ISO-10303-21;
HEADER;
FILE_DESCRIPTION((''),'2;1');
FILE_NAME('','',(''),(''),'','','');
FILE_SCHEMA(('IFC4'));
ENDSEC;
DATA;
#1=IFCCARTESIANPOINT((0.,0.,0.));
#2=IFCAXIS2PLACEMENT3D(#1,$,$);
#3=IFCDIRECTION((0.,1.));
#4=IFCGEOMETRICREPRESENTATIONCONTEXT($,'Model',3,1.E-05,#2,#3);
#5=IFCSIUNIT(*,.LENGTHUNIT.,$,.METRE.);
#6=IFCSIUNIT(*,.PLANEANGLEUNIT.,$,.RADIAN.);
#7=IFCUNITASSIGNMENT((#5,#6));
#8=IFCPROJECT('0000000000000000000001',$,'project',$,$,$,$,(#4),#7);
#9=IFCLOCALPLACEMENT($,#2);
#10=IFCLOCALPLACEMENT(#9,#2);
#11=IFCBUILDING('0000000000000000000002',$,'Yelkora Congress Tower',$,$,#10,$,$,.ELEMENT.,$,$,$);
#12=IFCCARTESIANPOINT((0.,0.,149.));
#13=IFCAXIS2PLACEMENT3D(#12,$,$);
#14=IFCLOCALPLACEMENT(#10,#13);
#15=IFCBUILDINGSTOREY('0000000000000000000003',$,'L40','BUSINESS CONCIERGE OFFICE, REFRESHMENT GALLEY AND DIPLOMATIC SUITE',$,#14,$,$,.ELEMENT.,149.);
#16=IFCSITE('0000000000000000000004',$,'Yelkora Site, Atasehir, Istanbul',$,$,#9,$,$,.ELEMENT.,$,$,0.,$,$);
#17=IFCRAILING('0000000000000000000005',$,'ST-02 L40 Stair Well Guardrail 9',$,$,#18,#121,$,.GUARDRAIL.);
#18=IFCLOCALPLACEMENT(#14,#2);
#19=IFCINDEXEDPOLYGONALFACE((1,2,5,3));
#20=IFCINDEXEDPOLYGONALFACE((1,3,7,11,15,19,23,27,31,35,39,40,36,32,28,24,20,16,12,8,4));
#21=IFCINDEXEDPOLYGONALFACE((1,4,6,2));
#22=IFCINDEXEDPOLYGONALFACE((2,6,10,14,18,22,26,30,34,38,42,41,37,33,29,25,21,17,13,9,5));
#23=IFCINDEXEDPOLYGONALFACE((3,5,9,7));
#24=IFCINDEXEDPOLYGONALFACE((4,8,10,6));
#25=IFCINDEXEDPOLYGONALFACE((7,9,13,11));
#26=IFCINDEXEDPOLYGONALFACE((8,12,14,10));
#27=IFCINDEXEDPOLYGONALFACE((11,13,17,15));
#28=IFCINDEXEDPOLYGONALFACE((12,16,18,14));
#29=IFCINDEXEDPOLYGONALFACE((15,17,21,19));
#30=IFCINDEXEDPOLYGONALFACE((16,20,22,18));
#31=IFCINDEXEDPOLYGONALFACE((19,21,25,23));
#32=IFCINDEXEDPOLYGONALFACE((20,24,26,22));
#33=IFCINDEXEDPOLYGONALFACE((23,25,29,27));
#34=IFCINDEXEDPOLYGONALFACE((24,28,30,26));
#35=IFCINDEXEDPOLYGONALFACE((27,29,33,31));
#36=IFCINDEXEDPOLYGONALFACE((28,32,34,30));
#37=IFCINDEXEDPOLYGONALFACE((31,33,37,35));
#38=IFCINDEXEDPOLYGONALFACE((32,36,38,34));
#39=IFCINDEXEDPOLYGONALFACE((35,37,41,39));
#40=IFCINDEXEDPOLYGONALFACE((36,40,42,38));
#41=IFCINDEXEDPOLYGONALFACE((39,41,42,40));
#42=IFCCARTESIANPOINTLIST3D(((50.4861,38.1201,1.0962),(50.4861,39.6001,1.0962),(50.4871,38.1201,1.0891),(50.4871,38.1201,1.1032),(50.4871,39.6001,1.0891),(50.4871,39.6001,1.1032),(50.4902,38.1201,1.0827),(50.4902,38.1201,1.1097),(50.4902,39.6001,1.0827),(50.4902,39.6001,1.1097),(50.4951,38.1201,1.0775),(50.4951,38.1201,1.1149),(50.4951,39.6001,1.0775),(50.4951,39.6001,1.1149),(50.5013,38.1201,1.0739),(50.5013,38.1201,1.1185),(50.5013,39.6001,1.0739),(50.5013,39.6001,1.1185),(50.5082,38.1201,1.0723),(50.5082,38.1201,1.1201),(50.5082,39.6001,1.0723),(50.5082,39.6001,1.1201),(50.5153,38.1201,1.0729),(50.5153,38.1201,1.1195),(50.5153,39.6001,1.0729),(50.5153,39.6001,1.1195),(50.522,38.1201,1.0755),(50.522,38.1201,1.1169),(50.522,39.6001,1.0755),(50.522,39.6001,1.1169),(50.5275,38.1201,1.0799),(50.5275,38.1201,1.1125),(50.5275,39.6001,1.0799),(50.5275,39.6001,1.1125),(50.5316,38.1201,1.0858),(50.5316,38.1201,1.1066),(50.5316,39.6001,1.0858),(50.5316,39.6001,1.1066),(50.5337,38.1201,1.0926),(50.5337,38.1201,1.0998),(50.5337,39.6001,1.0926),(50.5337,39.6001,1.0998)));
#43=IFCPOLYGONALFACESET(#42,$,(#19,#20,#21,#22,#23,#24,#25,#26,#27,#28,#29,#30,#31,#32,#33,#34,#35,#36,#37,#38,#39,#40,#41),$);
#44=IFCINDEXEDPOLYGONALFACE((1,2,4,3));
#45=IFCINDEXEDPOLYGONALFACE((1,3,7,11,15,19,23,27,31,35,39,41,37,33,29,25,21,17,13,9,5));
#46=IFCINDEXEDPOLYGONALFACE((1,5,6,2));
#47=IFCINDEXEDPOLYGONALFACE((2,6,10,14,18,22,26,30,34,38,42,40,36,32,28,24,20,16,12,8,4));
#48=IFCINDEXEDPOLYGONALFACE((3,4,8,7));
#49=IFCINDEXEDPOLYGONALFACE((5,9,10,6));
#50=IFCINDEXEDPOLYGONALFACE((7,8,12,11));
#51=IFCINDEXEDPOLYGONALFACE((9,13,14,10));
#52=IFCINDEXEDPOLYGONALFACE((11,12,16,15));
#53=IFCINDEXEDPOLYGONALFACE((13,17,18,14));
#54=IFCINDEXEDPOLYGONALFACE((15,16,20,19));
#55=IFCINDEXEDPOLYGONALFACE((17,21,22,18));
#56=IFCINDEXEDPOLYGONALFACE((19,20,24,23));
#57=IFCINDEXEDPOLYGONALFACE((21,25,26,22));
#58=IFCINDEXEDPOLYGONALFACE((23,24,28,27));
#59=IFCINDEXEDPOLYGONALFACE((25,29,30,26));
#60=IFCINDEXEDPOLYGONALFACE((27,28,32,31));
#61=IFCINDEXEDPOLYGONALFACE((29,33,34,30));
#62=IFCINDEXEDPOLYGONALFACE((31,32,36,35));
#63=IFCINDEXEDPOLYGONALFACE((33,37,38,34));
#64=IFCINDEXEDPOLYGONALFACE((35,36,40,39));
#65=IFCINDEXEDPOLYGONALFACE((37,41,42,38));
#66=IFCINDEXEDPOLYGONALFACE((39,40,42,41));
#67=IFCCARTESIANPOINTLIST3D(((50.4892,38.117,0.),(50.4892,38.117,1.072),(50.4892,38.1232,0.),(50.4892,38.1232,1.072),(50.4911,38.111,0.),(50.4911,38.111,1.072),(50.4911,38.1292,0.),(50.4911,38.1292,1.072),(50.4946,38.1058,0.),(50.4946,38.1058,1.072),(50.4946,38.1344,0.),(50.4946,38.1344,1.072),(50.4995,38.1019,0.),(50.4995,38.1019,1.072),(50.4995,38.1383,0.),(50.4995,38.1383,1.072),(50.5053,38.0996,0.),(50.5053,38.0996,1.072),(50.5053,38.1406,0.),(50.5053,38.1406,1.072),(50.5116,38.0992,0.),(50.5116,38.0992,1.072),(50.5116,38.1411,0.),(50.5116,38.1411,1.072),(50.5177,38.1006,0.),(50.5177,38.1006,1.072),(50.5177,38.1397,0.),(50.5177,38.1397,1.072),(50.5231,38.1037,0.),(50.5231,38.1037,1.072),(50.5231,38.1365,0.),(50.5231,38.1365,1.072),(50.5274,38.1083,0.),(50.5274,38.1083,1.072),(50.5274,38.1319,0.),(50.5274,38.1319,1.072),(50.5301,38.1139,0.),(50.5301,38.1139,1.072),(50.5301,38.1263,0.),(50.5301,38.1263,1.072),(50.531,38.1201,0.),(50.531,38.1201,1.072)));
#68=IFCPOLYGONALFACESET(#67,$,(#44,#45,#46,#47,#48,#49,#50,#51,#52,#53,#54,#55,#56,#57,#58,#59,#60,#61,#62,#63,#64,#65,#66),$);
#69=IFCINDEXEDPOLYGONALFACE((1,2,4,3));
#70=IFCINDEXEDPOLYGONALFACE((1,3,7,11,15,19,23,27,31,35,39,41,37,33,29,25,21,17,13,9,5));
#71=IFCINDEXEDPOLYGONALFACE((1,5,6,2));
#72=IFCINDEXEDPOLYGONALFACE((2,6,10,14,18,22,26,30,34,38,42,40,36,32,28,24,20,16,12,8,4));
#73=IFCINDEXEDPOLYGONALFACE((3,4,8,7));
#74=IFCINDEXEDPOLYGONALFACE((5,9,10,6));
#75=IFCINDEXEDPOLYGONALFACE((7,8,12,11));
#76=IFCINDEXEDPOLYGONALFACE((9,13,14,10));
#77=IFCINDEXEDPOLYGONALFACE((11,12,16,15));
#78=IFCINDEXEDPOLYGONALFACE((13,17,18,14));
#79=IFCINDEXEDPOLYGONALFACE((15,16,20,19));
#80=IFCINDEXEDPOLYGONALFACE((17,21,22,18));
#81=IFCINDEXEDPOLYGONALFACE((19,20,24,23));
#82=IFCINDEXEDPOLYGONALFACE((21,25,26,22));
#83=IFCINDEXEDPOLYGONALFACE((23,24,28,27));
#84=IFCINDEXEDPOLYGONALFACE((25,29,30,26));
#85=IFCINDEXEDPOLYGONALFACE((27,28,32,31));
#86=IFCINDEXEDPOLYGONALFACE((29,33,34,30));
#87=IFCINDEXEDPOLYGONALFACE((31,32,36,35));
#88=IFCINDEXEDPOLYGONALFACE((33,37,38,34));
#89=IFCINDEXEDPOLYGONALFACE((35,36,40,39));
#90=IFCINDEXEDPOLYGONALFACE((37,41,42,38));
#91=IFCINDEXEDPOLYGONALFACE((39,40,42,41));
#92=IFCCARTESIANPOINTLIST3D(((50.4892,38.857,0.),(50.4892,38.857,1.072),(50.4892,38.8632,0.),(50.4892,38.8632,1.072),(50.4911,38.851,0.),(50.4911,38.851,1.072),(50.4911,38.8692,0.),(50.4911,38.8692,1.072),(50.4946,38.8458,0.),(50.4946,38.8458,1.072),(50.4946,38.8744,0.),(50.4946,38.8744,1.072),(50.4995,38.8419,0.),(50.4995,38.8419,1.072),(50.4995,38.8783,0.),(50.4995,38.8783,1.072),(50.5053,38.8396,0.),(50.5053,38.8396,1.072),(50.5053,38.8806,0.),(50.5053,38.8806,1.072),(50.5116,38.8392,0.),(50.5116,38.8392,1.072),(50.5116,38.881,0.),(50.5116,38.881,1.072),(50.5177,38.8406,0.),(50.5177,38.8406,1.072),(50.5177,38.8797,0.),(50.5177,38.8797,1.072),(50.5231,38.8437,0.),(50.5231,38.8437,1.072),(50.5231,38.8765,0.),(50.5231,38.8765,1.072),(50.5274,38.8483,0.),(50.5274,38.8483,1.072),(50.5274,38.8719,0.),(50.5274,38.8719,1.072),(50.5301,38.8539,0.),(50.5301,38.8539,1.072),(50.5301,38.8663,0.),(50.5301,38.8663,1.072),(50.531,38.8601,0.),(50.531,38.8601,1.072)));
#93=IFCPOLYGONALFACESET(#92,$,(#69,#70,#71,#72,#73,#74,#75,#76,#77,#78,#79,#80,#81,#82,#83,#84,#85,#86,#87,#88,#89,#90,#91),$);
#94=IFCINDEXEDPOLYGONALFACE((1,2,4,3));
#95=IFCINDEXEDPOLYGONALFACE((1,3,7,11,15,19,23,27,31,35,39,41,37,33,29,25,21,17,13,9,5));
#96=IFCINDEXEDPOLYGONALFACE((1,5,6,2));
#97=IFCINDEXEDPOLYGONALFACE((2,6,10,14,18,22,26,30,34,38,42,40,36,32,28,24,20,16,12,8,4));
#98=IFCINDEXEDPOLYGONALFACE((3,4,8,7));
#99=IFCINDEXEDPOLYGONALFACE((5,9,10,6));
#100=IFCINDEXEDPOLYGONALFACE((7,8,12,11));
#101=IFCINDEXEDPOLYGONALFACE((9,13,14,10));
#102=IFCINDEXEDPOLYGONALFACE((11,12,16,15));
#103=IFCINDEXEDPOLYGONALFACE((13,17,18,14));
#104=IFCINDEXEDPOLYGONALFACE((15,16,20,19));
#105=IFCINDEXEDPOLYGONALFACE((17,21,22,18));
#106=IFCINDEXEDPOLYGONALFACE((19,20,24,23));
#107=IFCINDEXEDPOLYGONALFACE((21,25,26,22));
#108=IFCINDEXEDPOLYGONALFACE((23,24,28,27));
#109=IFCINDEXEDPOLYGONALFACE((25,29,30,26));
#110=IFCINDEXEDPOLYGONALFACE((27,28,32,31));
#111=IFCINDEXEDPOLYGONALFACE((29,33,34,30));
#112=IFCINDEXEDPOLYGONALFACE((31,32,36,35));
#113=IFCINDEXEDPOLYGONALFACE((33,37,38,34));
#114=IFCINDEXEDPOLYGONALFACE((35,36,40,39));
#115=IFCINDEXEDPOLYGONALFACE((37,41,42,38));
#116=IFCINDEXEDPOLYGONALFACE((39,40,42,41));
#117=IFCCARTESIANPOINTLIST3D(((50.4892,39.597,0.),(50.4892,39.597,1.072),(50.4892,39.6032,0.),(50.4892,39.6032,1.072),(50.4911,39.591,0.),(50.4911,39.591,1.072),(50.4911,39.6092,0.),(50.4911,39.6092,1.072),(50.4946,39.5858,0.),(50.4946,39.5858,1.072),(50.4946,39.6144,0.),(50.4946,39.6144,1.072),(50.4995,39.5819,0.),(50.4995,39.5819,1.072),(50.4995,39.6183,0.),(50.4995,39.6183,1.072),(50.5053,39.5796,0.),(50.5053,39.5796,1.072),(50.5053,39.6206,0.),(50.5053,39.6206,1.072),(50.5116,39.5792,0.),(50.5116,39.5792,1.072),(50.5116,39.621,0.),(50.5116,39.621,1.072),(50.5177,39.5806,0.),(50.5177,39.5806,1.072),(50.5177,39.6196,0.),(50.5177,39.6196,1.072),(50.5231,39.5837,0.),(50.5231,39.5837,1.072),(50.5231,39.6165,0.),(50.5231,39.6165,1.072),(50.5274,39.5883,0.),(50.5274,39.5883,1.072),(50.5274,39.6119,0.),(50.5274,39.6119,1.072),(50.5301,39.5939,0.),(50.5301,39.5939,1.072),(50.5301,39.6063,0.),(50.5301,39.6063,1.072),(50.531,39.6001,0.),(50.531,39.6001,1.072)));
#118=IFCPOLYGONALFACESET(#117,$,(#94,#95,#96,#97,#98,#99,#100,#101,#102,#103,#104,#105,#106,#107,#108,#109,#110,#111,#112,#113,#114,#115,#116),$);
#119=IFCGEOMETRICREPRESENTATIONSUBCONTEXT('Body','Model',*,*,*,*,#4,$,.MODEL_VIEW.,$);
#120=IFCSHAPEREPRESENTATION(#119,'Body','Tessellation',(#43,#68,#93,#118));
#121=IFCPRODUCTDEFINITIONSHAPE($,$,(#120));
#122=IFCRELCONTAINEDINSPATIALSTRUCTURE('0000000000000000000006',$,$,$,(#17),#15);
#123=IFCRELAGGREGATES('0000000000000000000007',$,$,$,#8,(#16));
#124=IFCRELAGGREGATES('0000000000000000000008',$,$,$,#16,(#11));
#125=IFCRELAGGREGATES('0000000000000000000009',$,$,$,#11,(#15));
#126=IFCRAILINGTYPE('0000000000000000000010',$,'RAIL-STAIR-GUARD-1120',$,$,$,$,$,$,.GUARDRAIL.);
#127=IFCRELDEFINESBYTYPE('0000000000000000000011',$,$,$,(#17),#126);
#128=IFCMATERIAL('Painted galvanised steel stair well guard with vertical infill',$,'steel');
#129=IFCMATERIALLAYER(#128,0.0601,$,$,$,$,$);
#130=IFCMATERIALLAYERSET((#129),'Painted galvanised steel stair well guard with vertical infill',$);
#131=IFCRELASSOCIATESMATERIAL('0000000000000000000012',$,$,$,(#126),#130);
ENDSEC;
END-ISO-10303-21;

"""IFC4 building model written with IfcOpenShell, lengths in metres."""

from ifc_helpers import new_model, si_unit, direction, frame, origin, origin_2d, place, context, subcontext, project, spatial, circle, extrude, material, layer, layer_set, type_object, element, save


model = new_model("IFC4")

# Units and contexts
model_context = context("Model", 3, precision=1e-05, world=origin(), true_north=direction((0.0, 1.0)))
body_context = subcontext(model_context, "Body", "Model", "MODEL_VIEW")
ifc_project = project(units=[si_unit("LENGTHUNIT", "METRE"), si_unit("PLANEANGLEUNIT", "RADIAN")], contexts=[model_context])

# Site, building, storey
site_placement = place(None, origin())
site = spatial("IfcSite", under=ifc_project, at=site_placement, Name="Yelkora Site, Atasehir, Istanbul", CompositionType="ELEMENT", RefElevation=0.0)
building_placement = place(site_placement, origin())
building = spatial("IfcBuilding", under=site, at=building_placement, Name="Yelkora Congress Tower", CompositionType="ELEMENT")
storey_placement = place(building_placement, frame((0.0, 0.0, 149.0)))
storey = spatial("IfcBuildingStorey", under=building, at=storey_placement, Name="L40", Description="BUSINESS CONCIERGE OFFICE, REFRESHMENT GALLEY AND DIPLOMATIC SUITE", CompositionType="ELEMENT", Elevation=149.0)

# Railing
ifc_material_1 = material(Name="Painted galvanised steel stair well guard with vertical infill", Category="steel")
ifc_layer_1 = layer(ifc_material_1, 0.0601)
ifc_layer_set_1 = layer_set([ifc_layer_1], Name="Painted galvanised steel stair well guard with vertical infill")
railing_type_1 = type_object("IfcRailingType", Name="RAIL-STAIR-GUARD-1120", PredefinedType="GUARDRAIL", material=ifc_layer_set_1)
railing_1_placement = place(storey_placement, frame((50.51, 38.1201, 0.0)))
element("IfcRailing", 1, at=railing_1_placement, inside=storey, type_object=railing_type_1, Name="ST-02 L40 Stair Well Guardrail 9", PredefinedType="GUARDRAIL", context=body_context, shape_type="SweptSolid", body=[
    extrude(circle(Radius=0.0239, at=origin_2d()), frame((0.0, 0.0, 1.0962), z_axis=(0.0, 1.0, 0.0), x_axis=(-1.0, 0.0, 0.0)), (0.0, 0.0, 1.0), 1.48),
    extrude(circle(Radius=0.021, at=origin_2d()), origin(), (0.0, 0.0, 1.0), 1.072),
    extrude(circle(Radius=0.021, at=origin_2d()), frame((0.0, 0.74, 0.0)), (0.0, 0.0, 1.0), 1.072),
    extrude(circle(Radius=0.021, at=origin_2d()), frame((0.0, 1.48, 0.0)), (0.0, 0.0, 1.0), 1.072),
])

save(model, "model.ifc")
